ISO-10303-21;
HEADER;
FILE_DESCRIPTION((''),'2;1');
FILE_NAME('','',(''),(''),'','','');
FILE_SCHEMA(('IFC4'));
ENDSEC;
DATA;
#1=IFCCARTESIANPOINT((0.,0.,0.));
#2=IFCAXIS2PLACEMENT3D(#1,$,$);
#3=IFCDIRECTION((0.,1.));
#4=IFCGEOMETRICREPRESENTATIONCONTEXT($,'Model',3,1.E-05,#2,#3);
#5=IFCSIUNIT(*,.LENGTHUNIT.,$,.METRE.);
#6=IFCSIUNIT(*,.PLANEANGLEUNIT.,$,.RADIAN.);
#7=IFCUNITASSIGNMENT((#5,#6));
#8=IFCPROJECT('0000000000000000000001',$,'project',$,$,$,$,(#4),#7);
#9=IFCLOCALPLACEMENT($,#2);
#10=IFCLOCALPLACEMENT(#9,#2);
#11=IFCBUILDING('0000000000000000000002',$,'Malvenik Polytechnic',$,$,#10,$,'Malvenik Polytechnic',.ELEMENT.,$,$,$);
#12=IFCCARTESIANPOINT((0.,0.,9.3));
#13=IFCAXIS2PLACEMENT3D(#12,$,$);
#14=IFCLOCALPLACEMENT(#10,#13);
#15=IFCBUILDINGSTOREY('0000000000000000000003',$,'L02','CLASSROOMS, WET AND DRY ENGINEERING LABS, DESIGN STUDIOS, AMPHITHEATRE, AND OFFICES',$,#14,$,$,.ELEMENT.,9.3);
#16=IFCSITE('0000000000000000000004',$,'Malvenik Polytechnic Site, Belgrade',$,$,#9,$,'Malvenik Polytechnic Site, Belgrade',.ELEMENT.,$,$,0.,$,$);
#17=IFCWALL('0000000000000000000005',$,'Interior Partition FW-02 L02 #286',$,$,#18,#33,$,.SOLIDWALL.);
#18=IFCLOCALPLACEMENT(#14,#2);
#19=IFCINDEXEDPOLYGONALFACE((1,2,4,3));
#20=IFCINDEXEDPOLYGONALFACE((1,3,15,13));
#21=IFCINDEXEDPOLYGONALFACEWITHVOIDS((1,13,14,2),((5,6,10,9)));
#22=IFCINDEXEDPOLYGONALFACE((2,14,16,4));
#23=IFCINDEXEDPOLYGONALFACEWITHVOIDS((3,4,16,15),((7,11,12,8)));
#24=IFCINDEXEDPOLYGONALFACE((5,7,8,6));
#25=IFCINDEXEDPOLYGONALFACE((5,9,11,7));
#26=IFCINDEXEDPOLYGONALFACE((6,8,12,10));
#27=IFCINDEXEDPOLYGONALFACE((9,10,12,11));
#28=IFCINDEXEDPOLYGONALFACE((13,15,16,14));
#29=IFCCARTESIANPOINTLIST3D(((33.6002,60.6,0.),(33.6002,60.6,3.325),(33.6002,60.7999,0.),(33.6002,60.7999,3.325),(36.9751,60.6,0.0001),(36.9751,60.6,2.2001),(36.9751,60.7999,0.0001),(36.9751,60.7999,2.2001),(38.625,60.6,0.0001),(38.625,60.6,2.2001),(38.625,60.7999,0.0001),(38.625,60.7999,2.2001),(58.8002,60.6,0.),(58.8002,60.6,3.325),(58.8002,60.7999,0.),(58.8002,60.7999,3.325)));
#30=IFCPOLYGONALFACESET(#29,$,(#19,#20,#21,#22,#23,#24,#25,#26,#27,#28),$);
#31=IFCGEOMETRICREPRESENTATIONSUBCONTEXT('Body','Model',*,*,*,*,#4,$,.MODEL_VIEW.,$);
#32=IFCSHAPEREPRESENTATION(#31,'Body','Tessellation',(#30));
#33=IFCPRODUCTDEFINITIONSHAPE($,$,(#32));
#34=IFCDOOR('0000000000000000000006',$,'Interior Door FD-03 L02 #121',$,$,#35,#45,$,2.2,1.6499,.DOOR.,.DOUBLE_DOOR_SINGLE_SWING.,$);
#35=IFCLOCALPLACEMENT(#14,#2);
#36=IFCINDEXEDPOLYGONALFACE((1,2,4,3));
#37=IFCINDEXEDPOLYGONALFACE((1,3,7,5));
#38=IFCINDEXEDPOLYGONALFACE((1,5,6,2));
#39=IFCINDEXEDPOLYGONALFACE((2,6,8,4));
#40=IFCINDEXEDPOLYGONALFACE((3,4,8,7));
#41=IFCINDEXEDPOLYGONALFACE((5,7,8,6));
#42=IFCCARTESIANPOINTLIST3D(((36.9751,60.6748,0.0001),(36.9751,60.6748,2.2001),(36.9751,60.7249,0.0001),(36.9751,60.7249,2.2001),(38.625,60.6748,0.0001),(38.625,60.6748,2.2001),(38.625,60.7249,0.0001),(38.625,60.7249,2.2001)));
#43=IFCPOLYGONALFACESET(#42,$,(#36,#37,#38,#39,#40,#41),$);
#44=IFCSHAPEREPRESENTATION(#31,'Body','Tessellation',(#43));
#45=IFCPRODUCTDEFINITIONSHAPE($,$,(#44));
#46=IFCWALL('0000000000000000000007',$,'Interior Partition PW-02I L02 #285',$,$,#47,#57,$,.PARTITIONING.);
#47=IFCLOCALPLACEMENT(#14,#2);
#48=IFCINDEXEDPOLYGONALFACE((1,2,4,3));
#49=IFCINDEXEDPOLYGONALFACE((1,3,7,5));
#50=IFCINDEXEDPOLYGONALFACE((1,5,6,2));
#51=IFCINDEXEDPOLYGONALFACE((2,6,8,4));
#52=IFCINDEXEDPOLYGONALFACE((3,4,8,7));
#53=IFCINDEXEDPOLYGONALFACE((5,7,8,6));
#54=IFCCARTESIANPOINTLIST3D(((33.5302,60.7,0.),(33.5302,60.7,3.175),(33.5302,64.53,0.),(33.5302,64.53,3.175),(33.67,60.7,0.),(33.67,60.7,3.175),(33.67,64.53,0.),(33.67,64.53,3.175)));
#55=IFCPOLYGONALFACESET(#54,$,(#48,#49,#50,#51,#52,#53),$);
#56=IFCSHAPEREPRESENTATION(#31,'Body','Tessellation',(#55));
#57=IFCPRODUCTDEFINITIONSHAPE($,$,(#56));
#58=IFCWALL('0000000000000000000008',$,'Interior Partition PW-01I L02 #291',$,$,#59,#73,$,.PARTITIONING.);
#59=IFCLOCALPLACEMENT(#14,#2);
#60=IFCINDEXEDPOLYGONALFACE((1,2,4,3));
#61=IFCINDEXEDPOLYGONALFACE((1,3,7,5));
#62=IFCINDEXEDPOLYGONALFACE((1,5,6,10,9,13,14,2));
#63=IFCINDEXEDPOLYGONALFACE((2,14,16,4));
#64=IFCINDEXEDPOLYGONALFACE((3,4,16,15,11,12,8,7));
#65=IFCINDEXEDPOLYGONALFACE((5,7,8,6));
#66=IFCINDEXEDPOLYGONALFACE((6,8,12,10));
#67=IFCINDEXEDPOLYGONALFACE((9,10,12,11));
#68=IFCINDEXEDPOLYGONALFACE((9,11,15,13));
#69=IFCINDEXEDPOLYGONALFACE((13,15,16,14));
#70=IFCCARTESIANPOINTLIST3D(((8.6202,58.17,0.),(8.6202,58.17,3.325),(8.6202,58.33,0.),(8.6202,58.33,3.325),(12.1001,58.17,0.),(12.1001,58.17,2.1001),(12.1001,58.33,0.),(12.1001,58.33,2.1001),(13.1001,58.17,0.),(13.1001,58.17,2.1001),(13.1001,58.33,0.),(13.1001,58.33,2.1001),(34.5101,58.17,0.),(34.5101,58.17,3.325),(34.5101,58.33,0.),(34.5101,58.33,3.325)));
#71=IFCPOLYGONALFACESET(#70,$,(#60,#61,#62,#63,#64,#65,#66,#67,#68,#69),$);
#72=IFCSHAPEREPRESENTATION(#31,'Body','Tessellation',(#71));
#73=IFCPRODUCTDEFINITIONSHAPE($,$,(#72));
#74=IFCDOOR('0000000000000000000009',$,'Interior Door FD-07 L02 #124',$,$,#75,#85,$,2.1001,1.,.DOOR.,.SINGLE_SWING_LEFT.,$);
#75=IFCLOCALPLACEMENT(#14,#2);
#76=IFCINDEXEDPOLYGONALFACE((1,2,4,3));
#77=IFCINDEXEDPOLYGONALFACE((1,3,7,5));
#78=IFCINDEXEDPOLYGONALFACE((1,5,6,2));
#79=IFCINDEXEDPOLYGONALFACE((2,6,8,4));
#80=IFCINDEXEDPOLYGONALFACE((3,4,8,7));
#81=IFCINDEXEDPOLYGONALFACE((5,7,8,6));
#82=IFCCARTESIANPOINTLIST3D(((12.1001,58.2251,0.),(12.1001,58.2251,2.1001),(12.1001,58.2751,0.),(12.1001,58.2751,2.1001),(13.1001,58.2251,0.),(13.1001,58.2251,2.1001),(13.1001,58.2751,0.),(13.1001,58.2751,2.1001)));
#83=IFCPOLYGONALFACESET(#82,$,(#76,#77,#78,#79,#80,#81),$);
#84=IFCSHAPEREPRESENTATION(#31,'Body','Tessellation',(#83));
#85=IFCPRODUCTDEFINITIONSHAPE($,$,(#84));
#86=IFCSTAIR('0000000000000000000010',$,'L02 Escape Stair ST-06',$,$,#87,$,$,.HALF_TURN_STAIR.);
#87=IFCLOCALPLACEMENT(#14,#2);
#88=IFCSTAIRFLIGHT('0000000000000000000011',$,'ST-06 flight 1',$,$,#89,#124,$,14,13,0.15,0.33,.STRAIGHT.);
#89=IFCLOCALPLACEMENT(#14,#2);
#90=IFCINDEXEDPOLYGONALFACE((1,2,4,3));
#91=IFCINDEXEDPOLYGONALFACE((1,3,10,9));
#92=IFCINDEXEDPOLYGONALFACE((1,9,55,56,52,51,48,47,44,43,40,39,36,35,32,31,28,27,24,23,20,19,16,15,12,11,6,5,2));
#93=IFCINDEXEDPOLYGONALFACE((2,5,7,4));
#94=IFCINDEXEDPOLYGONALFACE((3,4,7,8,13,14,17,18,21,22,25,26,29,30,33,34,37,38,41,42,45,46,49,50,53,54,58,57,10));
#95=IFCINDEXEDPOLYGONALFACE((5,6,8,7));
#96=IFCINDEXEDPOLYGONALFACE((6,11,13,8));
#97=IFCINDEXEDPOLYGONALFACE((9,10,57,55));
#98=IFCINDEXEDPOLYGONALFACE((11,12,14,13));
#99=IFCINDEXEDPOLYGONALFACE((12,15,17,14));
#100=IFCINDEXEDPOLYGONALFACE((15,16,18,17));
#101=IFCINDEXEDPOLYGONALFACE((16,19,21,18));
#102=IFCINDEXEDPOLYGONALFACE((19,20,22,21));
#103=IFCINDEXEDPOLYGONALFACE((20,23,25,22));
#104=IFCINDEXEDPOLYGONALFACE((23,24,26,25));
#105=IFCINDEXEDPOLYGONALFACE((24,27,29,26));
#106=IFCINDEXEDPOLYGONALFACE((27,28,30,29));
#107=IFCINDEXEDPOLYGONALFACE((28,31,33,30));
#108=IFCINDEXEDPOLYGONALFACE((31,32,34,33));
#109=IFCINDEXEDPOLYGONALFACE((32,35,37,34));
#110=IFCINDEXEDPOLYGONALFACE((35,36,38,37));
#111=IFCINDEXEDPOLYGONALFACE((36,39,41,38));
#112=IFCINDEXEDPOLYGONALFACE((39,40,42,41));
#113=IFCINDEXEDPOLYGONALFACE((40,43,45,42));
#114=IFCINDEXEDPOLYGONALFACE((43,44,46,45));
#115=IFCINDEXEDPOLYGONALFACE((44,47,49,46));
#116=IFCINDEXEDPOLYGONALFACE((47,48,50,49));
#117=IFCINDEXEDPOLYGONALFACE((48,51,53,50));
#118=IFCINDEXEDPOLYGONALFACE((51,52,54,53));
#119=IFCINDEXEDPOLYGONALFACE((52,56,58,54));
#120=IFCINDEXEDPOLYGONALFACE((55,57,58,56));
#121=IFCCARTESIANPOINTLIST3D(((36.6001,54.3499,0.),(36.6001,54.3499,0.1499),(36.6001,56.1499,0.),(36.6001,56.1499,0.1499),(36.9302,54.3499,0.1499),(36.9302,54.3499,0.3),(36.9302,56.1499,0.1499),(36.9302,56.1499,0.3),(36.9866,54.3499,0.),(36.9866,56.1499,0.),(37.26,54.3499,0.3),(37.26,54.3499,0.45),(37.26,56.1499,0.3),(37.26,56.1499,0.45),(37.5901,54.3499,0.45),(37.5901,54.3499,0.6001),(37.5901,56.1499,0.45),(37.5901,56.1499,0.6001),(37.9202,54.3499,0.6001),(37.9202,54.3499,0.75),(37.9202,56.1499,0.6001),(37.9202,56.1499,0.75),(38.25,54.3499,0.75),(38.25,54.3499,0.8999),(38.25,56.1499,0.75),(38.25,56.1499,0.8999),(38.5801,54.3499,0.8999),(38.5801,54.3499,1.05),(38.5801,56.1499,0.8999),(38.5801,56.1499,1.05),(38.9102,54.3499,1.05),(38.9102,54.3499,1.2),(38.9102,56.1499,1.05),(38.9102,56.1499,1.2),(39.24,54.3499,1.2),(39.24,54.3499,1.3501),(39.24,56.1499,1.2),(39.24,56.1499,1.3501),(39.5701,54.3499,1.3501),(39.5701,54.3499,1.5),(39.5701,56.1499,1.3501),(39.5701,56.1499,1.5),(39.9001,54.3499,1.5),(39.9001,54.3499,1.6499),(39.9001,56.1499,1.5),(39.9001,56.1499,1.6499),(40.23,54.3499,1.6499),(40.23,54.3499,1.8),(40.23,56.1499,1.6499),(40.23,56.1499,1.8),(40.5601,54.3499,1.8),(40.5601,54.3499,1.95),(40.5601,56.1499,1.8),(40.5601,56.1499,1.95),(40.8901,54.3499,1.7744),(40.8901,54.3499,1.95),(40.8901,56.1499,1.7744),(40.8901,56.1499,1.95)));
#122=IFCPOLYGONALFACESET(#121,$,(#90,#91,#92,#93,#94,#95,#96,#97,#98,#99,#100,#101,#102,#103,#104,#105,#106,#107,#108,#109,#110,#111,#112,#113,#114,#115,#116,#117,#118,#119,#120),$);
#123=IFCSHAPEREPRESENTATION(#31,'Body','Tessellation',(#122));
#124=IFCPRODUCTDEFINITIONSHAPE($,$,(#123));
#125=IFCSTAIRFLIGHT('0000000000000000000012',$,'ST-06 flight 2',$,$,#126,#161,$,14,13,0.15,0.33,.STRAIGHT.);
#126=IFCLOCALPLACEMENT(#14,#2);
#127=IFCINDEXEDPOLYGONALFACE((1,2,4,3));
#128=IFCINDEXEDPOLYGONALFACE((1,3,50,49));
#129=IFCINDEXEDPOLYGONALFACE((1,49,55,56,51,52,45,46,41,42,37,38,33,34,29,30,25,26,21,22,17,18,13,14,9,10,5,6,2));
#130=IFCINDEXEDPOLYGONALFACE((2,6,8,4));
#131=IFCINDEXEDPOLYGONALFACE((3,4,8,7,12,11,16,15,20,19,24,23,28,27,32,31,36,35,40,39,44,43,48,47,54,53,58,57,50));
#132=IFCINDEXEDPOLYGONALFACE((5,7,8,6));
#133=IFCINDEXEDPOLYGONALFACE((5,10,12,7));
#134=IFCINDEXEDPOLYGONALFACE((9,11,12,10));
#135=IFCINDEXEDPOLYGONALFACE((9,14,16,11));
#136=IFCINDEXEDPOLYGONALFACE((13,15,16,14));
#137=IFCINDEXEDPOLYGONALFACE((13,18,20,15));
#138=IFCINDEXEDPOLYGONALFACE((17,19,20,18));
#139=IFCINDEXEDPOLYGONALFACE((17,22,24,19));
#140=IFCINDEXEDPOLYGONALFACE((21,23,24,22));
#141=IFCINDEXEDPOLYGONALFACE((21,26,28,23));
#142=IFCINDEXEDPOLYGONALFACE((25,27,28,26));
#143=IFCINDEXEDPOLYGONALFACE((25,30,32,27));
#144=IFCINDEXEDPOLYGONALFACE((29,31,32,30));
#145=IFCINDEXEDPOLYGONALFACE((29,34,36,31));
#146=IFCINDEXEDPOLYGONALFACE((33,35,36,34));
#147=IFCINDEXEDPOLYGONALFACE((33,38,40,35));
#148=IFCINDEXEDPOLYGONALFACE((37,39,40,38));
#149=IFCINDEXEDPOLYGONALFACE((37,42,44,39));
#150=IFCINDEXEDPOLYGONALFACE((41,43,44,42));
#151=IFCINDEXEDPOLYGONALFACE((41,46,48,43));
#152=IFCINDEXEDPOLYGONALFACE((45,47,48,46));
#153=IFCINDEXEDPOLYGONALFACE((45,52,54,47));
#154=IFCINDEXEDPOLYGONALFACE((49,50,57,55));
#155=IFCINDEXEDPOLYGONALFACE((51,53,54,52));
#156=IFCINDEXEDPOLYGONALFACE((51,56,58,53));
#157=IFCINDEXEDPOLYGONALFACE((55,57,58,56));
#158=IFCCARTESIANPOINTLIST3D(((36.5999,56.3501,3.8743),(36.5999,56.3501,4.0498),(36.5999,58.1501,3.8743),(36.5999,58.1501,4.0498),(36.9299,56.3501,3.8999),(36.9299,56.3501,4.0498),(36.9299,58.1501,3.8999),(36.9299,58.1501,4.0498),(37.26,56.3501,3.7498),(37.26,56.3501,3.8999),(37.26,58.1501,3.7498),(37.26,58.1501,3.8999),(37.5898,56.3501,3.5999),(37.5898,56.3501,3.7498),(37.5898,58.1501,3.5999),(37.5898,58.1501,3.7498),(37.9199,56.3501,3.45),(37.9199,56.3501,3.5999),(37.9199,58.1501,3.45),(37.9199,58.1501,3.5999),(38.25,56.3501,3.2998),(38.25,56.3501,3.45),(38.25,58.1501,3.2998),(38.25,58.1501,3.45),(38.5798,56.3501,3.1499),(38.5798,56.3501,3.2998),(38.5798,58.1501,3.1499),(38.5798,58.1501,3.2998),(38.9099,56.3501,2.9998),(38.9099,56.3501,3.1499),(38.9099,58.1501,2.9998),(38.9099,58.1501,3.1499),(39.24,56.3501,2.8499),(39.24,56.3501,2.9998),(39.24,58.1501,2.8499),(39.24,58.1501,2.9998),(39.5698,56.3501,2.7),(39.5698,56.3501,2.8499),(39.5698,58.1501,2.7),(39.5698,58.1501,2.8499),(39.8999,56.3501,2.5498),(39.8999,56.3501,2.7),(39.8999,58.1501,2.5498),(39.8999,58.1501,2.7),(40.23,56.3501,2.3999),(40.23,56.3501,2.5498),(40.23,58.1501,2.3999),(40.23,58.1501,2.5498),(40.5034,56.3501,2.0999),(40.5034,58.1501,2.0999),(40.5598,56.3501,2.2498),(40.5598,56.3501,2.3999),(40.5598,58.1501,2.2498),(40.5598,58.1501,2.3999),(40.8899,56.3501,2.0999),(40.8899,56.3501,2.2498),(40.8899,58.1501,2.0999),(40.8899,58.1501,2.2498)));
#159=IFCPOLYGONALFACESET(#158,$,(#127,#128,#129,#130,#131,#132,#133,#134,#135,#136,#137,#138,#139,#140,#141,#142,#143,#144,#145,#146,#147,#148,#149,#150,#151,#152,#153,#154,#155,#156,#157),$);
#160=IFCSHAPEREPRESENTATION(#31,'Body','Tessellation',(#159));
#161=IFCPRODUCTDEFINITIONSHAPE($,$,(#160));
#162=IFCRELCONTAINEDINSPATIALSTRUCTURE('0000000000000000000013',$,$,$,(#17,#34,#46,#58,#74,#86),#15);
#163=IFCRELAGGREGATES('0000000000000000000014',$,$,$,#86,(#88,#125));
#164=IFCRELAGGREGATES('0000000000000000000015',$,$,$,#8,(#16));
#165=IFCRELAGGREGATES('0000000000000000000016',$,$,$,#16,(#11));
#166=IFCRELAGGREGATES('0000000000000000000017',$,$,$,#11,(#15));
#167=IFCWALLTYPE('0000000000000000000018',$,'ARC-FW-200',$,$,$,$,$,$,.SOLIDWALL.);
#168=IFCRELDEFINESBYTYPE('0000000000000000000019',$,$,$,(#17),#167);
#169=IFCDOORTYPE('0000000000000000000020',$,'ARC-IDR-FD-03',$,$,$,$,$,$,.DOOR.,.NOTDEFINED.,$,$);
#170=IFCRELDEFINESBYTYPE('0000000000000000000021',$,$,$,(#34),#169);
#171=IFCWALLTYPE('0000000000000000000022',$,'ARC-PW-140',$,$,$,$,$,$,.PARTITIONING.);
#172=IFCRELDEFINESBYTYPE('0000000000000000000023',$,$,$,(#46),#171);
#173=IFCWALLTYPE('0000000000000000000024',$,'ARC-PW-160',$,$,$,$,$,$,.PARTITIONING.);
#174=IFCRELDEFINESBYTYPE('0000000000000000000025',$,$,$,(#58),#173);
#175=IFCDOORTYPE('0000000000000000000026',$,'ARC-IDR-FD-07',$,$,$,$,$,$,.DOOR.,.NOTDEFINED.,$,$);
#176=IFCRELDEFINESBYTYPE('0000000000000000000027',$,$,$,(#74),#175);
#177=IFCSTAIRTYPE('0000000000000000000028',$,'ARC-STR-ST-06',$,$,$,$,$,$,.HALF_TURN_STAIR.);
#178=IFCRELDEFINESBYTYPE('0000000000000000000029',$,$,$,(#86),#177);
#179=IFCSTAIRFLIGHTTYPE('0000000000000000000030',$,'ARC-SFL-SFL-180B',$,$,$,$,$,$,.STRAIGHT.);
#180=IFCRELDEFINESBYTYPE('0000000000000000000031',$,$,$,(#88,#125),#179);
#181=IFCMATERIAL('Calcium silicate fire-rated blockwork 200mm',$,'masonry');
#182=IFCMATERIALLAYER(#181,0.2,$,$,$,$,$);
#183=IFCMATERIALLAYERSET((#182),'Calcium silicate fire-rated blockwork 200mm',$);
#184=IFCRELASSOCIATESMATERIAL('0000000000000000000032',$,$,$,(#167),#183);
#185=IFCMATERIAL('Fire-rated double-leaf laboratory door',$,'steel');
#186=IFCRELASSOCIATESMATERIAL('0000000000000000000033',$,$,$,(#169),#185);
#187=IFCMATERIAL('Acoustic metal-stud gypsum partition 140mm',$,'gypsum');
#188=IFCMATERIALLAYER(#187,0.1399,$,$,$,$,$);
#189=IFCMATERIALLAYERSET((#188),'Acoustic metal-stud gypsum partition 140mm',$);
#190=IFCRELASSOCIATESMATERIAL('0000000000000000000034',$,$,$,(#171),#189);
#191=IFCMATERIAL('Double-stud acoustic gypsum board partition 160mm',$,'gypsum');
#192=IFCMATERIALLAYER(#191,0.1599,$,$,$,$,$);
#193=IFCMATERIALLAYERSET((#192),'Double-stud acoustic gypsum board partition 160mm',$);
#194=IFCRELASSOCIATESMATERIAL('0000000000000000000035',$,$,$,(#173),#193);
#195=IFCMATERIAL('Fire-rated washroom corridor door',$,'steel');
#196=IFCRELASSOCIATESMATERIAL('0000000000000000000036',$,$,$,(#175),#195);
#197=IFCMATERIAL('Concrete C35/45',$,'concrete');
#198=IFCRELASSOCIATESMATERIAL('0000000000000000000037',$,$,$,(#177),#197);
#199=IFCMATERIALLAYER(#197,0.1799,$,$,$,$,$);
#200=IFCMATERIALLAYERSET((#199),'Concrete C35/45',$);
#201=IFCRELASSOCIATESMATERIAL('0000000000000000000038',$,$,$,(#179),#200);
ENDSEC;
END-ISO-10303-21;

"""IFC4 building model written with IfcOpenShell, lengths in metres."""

from ifc_helpers import new_model, si_unit, direction, frame, frame_2d, origin, place, context, subcontext, project, spatial, polyline, rectangle, outline, extrude, material, layer, layer_set, type_object, element, fill, aggregate, save


model = new_model("IFC4")

# Units and contexts
model_context = context("Model", 3, precision=1e-05, world=origin(), true_north=direction((0.0, 1.0)))
body_context = subcontext(model_context, "Body", "Model", "MODEL_VIEW")
ifc_project = project(units=[si_unit("LENGTHUNIT", "METRE"), si_unit("PLANEANGLEUNIT", "RADIAN")], contexts=[model_context])

# Site, building, storey
site_placement = place(None, origin())
site = spatial("IfcSite", under=ifc_project, at=site_placement, Name="Malvenik Polytechnic Site, Belgrade", LongName="Malvenik Polytechnic Site, Belgrade", CompositionType="ELEMENT", RefElevation=0.0)
building_placement = place(site_placement, origin())
building = spatial("IfcBuilding", under=site, at=building_placement, Name="Malvenik Polytechnic", LongName="Malvenik Polytechnic", CompositionType="ELEMENT")
storey_placement = place(building_placement, frame((0.0, 0.0, 9.3)))
storey = spatial("IfcBuildingStorey", under=building, at=storey_placement, Name="L02", Description="CLASSROOMS, WET AND DRY ENGINEERING LABS, DESIGN STUDIOS, AMPHITHEATRE, AND OFFICES", CompositionType="ELEMENT", Elevation=9.3)

# Shared definitions
ifc_material_1 = material(Name="Concrete C35/45", Category="concrete")

# Wall, opening, door
ifc_material_2 = material(Name="Calcium silicate fire-rated blockwork 200mm", Category="masonry")
ifc_layer_1 = layer(ifc_material_2, 0.2)
ifc_layer_set_1 = layer_set([ifc_layer_1], Name="Calcium silicate fire-rated blockwork 200mm")
wall_type_1 = type_object("IfcWallType", Name="ARC-FW-200", PredefinedType="SOLIDWALL", material=ifc_layer_set_1)
wall_1_placement = place(storey_placement, frame((33.6001, 60.7, 0.0), z_axis=(0.0, 0.0, 1.0), x_axis=(1.0, 0.0, 0.0)))
wall_1 = element("IfcWall", 1, at=wall_1_placement, inside=storey, type_object=wall_type_1, Name="Interior Partition FW-02 L02 #286", PredefinedType="SOLIDWALL", context=body_context, shape_type="SweptSolid", body=[
    extrude(rectangle(XDim=25.2, YDim=0.2, at=frame_2d((12.6001, 0.0))), origin(), (0.0, 0.0, 1.0), 3.325),
])
opening_1_placement = place(wall_1_placement, frame((3.375, 0.0, 0.0)))
opening_1 = element("IfcOpeningElement", 2, at=opening_1_placement, cuts=wall_1, PredefinedType="OPENING", context=body_context, shape_type="SweptSolid", body=[
    extrude(rectangle(XDim=1.6499, YDim=2.2, at=frame_2d((0.825, 1.1001))), frame((0.0, 0.1099, 0.0), z_axis=(0.0, -1.0, 0.0), x_axis=(1.0, 0.0, 0.0)), (0.0, 0.0, 1.0), 0.22),
])
ifc_material_3 = material(Name="Fire-rated double-leaf laboratory door", Category="steel")
door_type_1 = type_object("IfcDoorType", Name="ARC-IDR-FD-03", OperationType="NOTDEFINED", PredefinedType="DOOR", material=ifc_material_3)
door_1_placement = place(opening_1_placement, origin())
door_1 = element("IfcDoor", 3, at=door_1_placement, inside=storey, type_object=door_type_1, Name="Interior Door FD-03 L02 #121", OperationType="DOUBLE_DOOR_SINGLE_SWING", OverallHeight=2.2, OverallWidth=1.6499, PredefinedType="DOOR", context=body_context, shape_type="SweptSolid", body=[
    extrude(rectangle(XDim=1.6499, YDim=2.2, at=frame_2d((0.825, 1.1001))), frame((0.0, 0.0249, 0.0), z_axis=(0.0, -1.0, 0.0), x_axis=(1.0, 0.0, 0.0)), (0.0, 0.0, 1.0), 0.05),
])
fill(opening_1, door_1)

# Wall
ifc_material_4 = material(Name="Acoustic metal-stud gypsum partition 140mm", Category="gypsum")
ifc_layer_2 = layer(ifc_material_4, 0.1399)
ifc_layer_set_2 = layer_set([ifc_layer_2], Name="Acoustic metal-stud gypsum partition 140mm")
wall_type_2 = type_object("IfcWallType", Name="ARC-PW-140", PredefinedType="PARTITIONING", material=ifc_layer_set_2)
wall_2_placement = place(storey_placement, frame((33.6001, 60.7, 0.0), z_axis=(0.0, 0.0, 1.0), x_axis=(0.0, 1.0, 0.0)))
element("IfcWall", 4, at=wall_2_placement, inside=storey, type_object=wall_type_2, Name="Interior Partition PW-02I L02 #285", PredefinedType="PARTITIONING", context=body_context, shape_type="SweptSolid", body=[
    extrude(rectangle(XDim=3.8301, YDim=0.1399, at=frame_2d((1.915, 0.0))), origin(), (0.0, 0.0, 1.0), 3.175),
])

# Wall, opening, door
ifc_material_5 = material(Name="Double-stud acoustic gypsum board partition 160mm", Category="gypsum")
ifc_layer_3 = layer(ifc_material_5, 0.1599)
ifc_layer_set_3 = layer_set([ifc_layer_3], Name="Double-stud acoustic gypsum board partition 160mm")
wall_type_3 = type_object("IfcWallType", Name="ARC-PW-160", PredefinedType="PARTITIONING", material=ifc_layer_set_3)
wall_3_placement = place(storey_placement, frame((34.51, 58.25, 0.0), z_axis=(0.0, 0.0, 1.0), x_axis=(-1.0, 0.0, 0.0)))
wall_3 = element("IfcWall", 5, at=wall_3_placement, inside=storey, type_object=wall_type_3, Name="Interior Partition PW-01I L02 #291", PredefinedType="PARTITIONING", context=body_context, shape_type="SweptSolid", body=[
    extrude(rectangle(XDim=25.8899, YDim=0.1599, at=frame_2d((12.9448, 0.0))), origin(), (0.0, 0.0, 1.0), 3.325),
])
opening_2_placement = place(wall_3_placement, frame((21.4099, 0.0, 0.0)))
opening_2 = element("IfcOpeningElement", 6, at=opening_2_placement, cuts=wall_3, PredefinedType="OPENING", context=body_context, shape_type="SweptSolid", body=[
    extrude(rectangle(XDim=1.0, YDim=2.1001, at=frame_2d((0.5, 1.05))), frame((0.0, 0.0898, 0.0), z_axis=(0.0, -1.0, 0.0), x_axis=(1.0, 0.0, 0.0)), (0.0, 0.0, 1.0), 0.1799),
])
ifc_material_6 = material(Name="Fire-rated washroom corridor door", Category="steel")
door_type_2 = type_object("IfcDoorType", Name="ARC-IDR-FD-07", OperationType="NOTDEFINED", PredefinedType="DOOR", material=ifc_material_6)
door_2_placement = place(opening_2_placement, origin())
door_2 = element("IfcDoor", 7, at=door_2_placement, inside=storey, type_object=door_type_2, Name="Interior Door FD-07 L02 #124", OperationType="SINGLE_SWING_LEFT", OverallHeight=2.1001, OverallWidth=1.0, PredefinedType="DOOR", context=body_context, shape_type="SweptSolid", body=[
    extrude(rectangle(XDim=1.0, YDim=2.1001, at=frame_2d((0.5, 1.05))), frame((0.0, 0.0249, 0.0), z_axis=(0.0, -1.0, 0.0), x_axis=(1.0, 0.0, 0.0)), (0.0, 0.0, 1.0), 0.05),
])
fill(opening_2, door_2)

# Stair, stair flights
stair_type = type_object("IfcStairType", Name="ARC-STR-ST-06", PredefinedType="HALF_TURN_STAIR", material=ifc_material_1)
stair_placement = place(storey_placement, origin())
stair = element("IfcStair", 8, at=stair_placement, inside=storey, type_object=stair_type, Name="L02 Escape Stair ST-06", PredefinedType="HALF_TURN_STAIR")
ifc_layer_4 = layer(ifc_material_1, 0.1799)
ifc_layer_set_4 = layer_set([ifc_layer_4], Name="Concrete C35/45")
stair_flight_type = type_object("IfcStairFlightType", Name="ARC-SFL-SFL-180B", PredefinedType="STRAIGHT", material=ifc_layer_set_4)
stair_flight_1_placement = place(storey_placement, frame((36.6001, 55.25, 0.0), z_axis=(0.0, 0.0, 1.0), x_axis=(1.0, 0.0, 0.0)))
stair_flight_1 = element("IfcStairFlight", 9, at=stair_flight_1_placement, type_object=stair_flight_type, Name="ST-06 flight 1", NumberOfRisers=14, NumberOfTreads=13, PredefinedType="STRAIGHT", RiserHeight=0.15, TreadLength=0.33, context=body_context, shape_type="SweptSolid", body=[
    extrude(outline(polyline([(0.0, 0.0), (0.0, 0.1499), (0.3301, 0.1499), (0.3301, 0.3), (0.6599, 0.3), (0.6599, 0.45), (0.99, 0.45), (0.99, 0.6001), (1.3201, 0.6001), (1.3201, 0.75), (1.6499, 0.75), (1.6499, 0.8999), (1.98, 0.8999), (1.98, 1.05), (2.3101, 1.05), (2.3101, 1.2), (2.6399, 1.2), (2.6399, 1.3501), (2.97, 1.3501), (2.97, 1.5), (3.3, 1.5), (3.3, 1.6499), (3.6299, 1.6499), (3.6299, 1.8), (3.96, 1.8), (3.96, 1.95), (4.29, 1.95), (4.29, 2.1001), (4.29, 1.7744), (0.3865, 0.0), (0.0, 0.0)])), frame((0.0, 0.8999, 0.0), z_axis=(0.0, -1.0, 0.0), x_axis=(1.0, 0.0, 0.0)), (0.0, 0.0, 1.0), 1.8),
])
stair_flight_2_placement = place(storey_placement, frame((40.8899, 57.25, 2.0999), z_axis=(0.0, 0.0, 1.0), x_axis=(-1.0, 0.0, 0.0)))
stair_flight_2 = element("IfcStairFlight", 10, at=stair_flight_2_placement, type_object=stair_flight_type, Name="ST-06 flight 2", NumberOfRisers=14, NumberOfTreads=13, PredefinedType="STRAIGHT", RiserHeight=0.15, TreadLength=0.33, context=body_context, shape_type="SweptSolid", body=[
    extrude(outline(polyline([(0.0, 0.0), (0.0, 0.1499), (0.3301, 0.1499), (0.3301, 0.3), (0.6599, 0.3), (0.6599, 0.45), (0.99, 0.45), (0.99, 0.6001), (1.3201, 0.6001), (1.3201, 0.75), (1.6499, 0.75), (1.6499, 0.8999), (1.98, 0.8999), (1.98, 1.05), (2.3101, 1.05), (2.3101, 1.2), (2.6399, 1.2), (2.6399, 1.3501), (2.97, 1.3501), (2.97, 1.5), (3.3, 1.5), (3.3, 1.6499), (3.6299, 1.6499), (3.6299, 1.8), (3.96, 1.8), (3.96, 1.95), (4.29, 1.95), (4.29, 2.1001), (4.29, 1.7744), (0.3865, 0.0), (0.0, 0.0)])), frame((0.0, 0.8999, 0.0), z_axis=(0.0, -1.0, 0.0), x_axis=(1.0, 0.0, 0.0)), (0.0, 0.0, 1.0), 1.8),
])
aggregate(stair, [stair_flight_1, stair_flight_2])

save(model, "model.ifc")
